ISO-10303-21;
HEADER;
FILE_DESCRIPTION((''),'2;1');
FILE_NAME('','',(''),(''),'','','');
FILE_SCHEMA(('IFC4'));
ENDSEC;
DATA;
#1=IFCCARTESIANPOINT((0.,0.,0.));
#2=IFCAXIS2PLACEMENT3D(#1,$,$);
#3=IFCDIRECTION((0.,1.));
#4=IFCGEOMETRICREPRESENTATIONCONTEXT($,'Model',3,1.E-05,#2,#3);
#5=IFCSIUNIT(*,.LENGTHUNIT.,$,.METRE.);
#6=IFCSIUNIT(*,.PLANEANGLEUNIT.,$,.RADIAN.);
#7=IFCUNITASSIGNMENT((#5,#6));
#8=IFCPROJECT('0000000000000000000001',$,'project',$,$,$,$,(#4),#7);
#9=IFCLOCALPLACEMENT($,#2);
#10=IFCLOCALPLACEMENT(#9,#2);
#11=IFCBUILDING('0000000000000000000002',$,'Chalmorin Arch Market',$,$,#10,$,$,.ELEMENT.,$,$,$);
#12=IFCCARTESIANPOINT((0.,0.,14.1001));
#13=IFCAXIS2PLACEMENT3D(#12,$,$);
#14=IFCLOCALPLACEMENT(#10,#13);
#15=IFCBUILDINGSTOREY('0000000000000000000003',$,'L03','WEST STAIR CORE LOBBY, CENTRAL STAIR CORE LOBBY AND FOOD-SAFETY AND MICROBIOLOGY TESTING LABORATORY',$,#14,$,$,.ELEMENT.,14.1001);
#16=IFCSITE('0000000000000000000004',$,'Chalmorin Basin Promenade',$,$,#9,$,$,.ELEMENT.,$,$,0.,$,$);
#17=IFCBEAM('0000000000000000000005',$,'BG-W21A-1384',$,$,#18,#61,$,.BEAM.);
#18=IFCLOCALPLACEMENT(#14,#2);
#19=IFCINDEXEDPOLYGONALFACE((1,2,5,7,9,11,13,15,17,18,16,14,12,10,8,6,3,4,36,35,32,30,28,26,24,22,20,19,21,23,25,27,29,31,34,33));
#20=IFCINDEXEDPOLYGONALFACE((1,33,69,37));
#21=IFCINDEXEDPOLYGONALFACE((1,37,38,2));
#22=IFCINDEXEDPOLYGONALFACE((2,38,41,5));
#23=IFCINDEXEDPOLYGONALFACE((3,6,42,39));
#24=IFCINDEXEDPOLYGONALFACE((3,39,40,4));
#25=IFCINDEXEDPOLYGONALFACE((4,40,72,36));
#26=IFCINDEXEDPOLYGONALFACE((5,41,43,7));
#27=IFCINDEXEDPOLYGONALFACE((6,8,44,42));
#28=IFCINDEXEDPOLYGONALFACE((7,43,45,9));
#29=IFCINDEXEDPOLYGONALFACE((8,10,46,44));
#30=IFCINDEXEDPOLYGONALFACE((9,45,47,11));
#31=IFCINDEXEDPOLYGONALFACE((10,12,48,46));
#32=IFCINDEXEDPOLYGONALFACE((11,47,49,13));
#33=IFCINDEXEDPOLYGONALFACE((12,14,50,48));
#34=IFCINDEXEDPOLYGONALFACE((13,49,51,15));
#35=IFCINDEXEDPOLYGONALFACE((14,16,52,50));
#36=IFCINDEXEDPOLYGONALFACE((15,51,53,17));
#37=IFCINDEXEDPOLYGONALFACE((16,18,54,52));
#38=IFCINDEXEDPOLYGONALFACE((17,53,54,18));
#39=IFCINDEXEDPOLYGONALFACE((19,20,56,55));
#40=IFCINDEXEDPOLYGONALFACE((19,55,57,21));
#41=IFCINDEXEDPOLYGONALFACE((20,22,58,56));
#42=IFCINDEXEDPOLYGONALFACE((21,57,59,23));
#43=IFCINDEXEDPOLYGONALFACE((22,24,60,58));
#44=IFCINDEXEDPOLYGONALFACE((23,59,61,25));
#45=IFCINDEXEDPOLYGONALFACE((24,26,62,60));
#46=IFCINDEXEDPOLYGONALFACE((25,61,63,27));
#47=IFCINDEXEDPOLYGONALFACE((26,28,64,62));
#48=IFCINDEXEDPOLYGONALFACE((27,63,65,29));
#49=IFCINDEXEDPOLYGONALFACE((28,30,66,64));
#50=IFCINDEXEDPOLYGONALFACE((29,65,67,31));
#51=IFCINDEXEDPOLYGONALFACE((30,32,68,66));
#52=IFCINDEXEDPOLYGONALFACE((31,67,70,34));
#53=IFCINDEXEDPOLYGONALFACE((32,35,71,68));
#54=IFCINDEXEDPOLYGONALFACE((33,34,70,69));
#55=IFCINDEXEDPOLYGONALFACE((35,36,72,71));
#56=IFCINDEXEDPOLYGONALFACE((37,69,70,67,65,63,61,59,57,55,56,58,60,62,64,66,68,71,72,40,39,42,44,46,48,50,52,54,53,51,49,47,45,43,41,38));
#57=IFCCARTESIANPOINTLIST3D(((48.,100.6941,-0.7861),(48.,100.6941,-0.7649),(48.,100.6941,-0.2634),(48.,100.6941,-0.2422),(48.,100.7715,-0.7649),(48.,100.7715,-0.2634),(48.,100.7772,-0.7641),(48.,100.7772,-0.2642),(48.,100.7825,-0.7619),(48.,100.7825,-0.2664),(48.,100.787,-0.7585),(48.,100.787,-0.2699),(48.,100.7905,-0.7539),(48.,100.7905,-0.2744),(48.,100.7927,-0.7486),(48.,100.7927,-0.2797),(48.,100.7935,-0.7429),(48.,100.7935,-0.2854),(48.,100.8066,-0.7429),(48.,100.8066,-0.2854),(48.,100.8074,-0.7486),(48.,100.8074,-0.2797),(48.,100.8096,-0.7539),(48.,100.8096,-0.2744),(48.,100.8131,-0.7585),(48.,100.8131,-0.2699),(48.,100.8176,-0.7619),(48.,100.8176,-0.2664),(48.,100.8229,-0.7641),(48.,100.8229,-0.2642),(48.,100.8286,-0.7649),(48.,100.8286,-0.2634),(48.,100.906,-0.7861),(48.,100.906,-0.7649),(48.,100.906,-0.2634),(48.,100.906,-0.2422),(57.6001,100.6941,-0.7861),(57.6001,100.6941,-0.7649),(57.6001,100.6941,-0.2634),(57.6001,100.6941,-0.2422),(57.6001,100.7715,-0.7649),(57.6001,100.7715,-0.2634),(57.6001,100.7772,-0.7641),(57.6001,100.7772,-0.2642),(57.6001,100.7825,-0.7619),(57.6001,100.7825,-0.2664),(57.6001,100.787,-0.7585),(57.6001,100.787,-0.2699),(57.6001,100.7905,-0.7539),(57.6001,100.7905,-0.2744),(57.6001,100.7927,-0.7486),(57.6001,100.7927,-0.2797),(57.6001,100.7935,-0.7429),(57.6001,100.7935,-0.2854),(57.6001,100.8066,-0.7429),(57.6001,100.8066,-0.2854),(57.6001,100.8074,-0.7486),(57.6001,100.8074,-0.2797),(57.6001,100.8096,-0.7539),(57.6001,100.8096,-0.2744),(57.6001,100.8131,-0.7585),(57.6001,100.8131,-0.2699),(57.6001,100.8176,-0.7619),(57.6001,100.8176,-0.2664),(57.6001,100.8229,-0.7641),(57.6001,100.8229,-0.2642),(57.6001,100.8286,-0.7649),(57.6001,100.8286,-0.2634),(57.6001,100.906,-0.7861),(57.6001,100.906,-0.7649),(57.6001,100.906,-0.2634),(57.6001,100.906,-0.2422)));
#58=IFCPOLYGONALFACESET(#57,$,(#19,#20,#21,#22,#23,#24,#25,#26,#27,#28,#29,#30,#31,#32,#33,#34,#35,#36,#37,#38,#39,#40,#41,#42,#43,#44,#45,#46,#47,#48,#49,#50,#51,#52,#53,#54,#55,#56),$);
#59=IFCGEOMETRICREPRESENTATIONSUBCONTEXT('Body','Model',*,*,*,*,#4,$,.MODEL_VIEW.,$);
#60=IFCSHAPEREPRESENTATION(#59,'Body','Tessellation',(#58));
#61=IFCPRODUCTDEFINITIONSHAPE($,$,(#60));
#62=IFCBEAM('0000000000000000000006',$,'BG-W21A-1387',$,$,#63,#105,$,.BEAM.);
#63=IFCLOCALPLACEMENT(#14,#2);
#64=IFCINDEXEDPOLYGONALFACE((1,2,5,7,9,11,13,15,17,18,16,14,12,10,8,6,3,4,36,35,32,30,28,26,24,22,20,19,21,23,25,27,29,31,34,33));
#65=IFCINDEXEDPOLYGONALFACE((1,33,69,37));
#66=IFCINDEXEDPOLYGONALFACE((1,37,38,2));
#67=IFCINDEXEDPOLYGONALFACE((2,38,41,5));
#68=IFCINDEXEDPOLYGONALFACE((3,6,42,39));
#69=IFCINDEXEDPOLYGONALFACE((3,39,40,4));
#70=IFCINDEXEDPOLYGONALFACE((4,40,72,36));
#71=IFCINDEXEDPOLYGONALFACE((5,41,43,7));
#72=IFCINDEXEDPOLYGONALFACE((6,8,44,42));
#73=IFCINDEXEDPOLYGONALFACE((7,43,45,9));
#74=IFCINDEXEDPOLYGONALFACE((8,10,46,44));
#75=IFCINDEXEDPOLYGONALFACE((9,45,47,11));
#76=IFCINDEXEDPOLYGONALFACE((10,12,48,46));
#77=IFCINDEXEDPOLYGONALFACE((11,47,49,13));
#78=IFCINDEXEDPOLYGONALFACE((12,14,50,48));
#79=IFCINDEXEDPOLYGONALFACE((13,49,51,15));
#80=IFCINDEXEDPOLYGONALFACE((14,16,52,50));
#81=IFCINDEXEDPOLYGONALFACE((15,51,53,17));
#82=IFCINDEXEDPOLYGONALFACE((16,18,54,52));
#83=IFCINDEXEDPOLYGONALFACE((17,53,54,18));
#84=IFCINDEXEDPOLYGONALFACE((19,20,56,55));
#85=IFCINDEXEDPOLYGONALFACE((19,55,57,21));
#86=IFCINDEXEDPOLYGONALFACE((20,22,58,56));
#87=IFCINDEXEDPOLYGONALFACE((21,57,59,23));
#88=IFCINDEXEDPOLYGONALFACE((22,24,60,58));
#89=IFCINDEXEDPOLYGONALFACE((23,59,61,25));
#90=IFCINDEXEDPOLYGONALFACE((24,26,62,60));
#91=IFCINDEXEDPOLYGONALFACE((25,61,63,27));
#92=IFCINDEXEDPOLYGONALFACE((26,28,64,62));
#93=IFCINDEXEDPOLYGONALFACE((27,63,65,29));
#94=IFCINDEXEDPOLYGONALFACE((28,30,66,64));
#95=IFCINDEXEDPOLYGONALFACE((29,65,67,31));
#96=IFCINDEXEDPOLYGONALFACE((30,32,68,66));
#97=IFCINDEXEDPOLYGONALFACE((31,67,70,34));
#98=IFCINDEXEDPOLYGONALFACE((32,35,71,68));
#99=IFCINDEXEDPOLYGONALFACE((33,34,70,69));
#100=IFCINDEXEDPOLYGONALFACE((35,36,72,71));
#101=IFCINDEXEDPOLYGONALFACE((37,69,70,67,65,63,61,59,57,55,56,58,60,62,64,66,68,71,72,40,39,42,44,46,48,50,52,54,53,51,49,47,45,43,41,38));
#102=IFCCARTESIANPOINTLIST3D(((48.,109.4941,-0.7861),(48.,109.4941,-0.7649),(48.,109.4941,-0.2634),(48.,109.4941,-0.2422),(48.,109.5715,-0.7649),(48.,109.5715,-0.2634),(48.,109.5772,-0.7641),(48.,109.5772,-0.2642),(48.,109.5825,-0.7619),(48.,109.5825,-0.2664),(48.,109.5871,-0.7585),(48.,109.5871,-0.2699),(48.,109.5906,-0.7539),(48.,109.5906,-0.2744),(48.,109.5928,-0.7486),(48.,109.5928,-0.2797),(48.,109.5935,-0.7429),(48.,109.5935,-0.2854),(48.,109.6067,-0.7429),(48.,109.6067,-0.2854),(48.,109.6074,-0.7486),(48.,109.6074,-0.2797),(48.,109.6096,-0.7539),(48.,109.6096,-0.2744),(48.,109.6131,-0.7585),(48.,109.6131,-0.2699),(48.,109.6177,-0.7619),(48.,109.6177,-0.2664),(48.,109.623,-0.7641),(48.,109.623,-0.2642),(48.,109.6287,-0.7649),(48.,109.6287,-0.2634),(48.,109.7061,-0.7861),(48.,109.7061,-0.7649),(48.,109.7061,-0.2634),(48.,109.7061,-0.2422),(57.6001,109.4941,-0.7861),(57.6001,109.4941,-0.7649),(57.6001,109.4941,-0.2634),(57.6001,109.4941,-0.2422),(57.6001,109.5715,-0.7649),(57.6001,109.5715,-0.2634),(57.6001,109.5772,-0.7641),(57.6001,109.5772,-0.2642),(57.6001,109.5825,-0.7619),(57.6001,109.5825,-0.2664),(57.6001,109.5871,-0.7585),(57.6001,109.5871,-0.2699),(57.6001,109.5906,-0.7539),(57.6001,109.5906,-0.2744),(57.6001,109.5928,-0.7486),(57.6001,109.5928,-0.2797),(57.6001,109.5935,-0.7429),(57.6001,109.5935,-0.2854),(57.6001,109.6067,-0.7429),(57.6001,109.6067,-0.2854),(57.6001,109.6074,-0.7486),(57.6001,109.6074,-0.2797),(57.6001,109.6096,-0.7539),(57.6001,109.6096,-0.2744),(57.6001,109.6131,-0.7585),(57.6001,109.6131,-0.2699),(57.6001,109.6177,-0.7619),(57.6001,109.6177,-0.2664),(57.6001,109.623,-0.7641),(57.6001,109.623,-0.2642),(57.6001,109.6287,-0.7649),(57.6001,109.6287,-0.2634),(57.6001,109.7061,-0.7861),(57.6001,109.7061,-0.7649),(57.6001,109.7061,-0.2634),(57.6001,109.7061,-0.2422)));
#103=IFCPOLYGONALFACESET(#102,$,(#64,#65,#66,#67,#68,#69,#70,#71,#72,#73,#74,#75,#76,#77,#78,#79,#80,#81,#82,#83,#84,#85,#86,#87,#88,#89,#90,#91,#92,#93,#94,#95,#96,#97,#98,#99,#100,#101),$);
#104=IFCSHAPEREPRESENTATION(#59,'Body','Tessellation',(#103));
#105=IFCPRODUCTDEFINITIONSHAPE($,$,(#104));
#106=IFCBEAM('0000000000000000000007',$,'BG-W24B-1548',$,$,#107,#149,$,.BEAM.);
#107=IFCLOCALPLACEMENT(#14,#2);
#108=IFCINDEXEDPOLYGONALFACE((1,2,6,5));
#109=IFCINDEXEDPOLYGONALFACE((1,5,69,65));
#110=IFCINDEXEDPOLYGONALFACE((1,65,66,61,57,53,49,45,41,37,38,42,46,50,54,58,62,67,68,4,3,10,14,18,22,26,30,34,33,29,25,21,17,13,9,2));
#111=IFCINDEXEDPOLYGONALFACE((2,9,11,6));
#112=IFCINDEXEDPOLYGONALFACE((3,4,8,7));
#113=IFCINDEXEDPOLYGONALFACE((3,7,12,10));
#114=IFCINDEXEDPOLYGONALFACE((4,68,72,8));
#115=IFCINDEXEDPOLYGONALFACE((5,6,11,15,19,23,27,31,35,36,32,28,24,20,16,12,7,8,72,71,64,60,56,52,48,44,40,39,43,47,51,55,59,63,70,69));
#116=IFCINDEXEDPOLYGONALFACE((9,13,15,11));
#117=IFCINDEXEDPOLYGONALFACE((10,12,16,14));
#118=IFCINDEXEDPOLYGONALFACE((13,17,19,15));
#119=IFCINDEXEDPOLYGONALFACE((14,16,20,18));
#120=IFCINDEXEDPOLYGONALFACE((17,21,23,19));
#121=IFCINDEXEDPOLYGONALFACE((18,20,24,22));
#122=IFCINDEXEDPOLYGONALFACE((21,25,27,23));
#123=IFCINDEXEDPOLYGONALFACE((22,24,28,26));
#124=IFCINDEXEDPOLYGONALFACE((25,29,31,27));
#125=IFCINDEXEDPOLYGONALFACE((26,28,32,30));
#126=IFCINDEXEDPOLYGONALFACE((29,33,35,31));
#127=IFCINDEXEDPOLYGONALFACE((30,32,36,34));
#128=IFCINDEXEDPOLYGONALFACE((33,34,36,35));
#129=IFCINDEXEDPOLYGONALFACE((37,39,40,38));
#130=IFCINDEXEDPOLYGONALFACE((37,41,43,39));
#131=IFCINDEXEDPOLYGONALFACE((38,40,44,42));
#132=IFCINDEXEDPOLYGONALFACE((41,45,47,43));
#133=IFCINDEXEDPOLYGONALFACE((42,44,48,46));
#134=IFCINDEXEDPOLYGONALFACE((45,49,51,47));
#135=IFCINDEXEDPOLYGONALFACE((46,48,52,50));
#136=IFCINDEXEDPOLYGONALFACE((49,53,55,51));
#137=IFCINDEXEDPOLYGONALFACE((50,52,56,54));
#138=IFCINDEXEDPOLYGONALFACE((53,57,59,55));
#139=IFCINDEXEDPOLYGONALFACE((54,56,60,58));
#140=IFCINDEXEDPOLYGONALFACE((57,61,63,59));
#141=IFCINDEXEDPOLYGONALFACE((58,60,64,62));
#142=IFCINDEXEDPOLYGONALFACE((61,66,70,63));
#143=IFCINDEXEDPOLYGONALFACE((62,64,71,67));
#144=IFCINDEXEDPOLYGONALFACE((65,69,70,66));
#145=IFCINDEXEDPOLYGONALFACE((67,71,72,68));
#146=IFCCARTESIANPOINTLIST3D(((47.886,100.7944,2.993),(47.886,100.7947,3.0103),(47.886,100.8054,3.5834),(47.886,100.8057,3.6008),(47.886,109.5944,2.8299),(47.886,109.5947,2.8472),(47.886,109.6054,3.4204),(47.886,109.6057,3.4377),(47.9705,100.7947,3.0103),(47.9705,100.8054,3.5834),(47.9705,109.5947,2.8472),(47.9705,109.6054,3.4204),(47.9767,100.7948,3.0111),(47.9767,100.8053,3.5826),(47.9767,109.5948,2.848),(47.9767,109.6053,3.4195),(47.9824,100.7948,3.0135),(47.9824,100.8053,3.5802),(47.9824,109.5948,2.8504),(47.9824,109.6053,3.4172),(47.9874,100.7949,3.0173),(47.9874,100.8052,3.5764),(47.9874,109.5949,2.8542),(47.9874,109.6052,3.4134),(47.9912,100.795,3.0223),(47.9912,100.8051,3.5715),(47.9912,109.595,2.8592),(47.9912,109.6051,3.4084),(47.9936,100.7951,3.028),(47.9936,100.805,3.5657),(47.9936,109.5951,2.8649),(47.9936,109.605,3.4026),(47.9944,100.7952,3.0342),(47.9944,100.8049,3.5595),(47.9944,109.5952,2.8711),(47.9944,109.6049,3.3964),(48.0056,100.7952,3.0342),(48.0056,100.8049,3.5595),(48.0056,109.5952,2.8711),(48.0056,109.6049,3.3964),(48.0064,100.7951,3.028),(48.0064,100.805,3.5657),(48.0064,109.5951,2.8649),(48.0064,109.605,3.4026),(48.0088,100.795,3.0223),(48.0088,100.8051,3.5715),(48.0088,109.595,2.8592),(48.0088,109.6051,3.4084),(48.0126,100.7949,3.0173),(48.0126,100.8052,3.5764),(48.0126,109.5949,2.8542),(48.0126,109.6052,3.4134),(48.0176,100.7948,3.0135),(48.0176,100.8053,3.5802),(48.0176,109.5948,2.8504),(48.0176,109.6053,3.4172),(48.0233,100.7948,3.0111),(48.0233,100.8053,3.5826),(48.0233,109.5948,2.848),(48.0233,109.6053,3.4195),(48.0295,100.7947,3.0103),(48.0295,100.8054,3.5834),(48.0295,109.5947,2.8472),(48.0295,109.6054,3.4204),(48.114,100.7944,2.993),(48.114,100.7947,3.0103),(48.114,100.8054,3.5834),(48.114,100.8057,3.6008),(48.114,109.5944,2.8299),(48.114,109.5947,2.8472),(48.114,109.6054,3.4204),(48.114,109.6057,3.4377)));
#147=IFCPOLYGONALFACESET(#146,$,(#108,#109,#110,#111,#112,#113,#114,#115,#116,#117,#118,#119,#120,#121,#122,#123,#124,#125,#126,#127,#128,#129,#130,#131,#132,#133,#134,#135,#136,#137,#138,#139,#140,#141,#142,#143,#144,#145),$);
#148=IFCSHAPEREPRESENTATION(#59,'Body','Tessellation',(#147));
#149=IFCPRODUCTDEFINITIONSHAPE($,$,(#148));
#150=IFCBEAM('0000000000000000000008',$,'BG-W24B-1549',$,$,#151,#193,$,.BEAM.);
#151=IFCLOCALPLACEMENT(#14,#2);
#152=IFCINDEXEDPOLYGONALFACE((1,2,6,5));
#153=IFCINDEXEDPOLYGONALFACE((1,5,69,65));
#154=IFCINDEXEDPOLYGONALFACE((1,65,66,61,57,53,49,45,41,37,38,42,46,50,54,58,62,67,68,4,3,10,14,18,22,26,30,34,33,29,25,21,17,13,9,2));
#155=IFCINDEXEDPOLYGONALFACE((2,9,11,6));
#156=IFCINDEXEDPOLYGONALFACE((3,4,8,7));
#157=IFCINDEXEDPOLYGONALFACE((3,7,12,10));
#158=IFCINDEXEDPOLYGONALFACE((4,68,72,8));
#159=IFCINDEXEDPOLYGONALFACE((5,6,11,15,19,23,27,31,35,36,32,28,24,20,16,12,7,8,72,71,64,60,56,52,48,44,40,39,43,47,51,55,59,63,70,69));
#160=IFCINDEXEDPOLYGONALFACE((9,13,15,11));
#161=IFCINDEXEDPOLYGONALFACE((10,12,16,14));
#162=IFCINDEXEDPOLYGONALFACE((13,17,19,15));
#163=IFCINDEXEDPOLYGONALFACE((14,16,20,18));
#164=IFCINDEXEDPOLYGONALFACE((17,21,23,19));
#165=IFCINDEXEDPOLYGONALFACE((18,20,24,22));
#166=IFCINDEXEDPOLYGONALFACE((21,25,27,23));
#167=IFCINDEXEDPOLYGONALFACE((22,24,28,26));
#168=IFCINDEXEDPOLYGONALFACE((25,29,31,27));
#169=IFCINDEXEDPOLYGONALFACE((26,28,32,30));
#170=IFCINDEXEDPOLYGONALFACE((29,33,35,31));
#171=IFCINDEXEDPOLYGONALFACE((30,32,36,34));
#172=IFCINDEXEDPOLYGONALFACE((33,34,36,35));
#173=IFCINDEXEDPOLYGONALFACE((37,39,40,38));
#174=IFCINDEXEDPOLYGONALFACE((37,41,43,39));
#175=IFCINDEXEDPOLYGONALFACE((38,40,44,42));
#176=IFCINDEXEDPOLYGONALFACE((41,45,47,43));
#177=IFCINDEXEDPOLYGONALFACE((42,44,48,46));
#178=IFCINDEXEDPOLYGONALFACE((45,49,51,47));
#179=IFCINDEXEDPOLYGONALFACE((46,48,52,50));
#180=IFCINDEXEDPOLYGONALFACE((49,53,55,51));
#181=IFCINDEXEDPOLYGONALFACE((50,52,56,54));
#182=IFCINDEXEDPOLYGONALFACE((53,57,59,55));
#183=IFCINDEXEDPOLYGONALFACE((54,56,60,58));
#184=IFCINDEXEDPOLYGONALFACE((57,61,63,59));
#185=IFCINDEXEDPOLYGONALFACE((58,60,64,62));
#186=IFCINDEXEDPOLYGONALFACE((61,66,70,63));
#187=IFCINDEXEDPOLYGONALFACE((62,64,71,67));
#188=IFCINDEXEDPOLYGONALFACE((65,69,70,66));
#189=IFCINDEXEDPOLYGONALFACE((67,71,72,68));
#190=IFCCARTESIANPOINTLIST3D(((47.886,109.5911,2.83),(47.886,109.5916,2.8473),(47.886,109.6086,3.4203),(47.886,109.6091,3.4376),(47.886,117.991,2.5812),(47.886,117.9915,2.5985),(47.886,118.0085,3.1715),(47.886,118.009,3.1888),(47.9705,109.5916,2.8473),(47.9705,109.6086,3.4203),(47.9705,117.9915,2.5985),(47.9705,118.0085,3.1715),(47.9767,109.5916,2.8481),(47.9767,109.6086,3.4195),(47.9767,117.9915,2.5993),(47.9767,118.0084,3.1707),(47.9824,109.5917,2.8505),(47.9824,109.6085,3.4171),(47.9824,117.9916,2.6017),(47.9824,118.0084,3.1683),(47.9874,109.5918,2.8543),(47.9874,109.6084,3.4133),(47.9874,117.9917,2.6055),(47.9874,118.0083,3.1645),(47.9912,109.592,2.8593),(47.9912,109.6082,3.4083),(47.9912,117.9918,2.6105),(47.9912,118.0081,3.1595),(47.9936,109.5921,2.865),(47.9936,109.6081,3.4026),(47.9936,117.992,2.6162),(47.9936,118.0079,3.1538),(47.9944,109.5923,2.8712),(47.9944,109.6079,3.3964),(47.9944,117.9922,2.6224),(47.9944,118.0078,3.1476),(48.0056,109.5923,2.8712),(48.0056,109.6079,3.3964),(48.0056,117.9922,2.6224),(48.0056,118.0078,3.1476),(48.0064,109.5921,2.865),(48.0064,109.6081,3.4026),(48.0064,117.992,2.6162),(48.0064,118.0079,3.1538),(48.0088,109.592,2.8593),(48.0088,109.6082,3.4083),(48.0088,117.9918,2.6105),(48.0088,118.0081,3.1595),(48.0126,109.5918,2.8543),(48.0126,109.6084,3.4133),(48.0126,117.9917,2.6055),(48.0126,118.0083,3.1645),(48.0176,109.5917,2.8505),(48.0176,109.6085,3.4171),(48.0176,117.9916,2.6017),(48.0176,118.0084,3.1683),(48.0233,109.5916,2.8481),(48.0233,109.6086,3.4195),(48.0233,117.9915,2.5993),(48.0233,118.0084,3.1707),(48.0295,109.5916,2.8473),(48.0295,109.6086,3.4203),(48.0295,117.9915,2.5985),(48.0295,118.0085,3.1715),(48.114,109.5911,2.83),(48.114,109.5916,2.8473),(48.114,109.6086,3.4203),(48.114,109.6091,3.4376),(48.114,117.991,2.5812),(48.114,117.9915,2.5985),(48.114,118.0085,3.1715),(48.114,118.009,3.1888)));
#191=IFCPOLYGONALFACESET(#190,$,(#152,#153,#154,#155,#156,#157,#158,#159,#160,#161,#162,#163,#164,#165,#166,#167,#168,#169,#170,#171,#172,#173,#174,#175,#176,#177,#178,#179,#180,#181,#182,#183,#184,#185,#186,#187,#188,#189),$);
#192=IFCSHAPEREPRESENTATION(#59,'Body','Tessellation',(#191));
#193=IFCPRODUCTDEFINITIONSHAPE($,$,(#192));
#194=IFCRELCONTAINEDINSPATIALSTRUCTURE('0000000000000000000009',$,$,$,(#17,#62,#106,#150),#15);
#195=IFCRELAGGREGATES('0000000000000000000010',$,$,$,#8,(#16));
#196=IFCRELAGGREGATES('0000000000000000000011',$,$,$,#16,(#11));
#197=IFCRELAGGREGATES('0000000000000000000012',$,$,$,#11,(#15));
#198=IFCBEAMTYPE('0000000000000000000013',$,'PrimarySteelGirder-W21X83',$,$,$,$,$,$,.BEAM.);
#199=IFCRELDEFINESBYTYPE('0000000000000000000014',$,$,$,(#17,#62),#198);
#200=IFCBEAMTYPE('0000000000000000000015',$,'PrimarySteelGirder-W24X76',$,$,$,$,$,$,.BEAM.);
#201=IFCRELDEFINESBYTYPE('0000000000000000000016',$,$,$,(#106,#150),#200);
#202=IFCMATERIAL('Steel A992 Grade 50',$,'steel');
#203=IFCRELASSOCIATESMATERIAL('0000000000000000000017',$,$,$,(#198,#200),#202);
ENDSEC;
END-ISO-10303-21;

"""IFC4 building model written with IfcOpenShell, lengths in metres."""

from ifc_helpers import new_model, si_unit, direction, frame, origin, origin_2d, place, context, subcontext, project, spatial, i_section, extrude, material, material_profile, profile_set, type_object, element, save


model = new_model("IFC4")

# Units and contexts
model_context = context("Model", 3, precision=1e-05, world=origin(), true_north=direction((0.0, 1.0)))
body_context = subcontext(model_context, "Body", "Model", "MODEL_VIEW")
ifc_project = project(units=[si_unit("LENGTHUNIT", "METRE"), si_unit("PLANEANGLEUNIT", "RADIAN")], contexts=[model_context])

# Site, building, storey
site_placement = place(None, origin())
site = spatial("IfcSite", under=ifc_project, at=site_placement, Name="Chalmorin Basin Promenade", CompositionType="ELEMENT", RefElevation=0.0)
building_placement = place(site_placement, origin())
building = spatial("IfcBuilding", under=site, at=building_placement, Name="Chalmorin Arch Market", CompositionType="ELEMENT")
storey_placement = place(building_placement, frame((0.0, 0.0, 14.1001)))
storey = spatial("IfcBuildingStorey", under=building, at=storey_placement, Name="L03", Description="WEST STAIR CORE LOBBY, CENTRAL STAIR CORE LOBBY AND FOOD-SAFETY AND MICROBIOLOGY TESTING LABORATORY", CompositionType="ELEMENT", Elevation=14.1001)

# Beams
ifc_material_1 = material(Name="Steel A992 Grade 50", Category="steel")
ifc_material_profile_1 = material_profile(ifc_material_1, i_section(OverallWidth=0.2119, OverallDepth=0.5439, WebThickness=0.0132, FlangeThickness=0.0212, FilletRadius=0.022, at=origin_2d()), Name="W21X83")
ifc_profile_set_1 = profile_set([ifc_material_profile_1], Name="Steel A992 Grade 50")
beam_type_1 = type_object("IfcBeamType", Name="PrimarySteelGirder-W21X83", PredefinedType="BEAM", material=ifc_profile_set_1)
for number, where, z_axis, x_axis, name in (
    (1, (48.0, 100.8, -0.5142), (1.0, 0.0, 0.0), (0.0, 1.0, 0.0), "BG-W21A-1384"),
    (2, (48.0, 109.6001, -0.5142), (1.0, 0.0, 0.0), (0.0, 1.0, 0.0), "BG-W21A-1387"),
):
    element("IfcBeam", number, at=place(storey_placement, frame(where, z_axis=z_axis, x_axis=x_axis)), inside=storey, type_object=beam_type_1, Name=name, PredefinedType="BEAM", context=body_context, shape_type="SweptSolid", body=[
        extrude(i_section(OverallWidth=0.2119, OverallDepth=0.5439, WebThickness=0.0132, FlangeThickness=0.0212, FilletRadius=0.022, at=origin_2d()), origin(), (0.0, 0.0, 1.0), 9.6001),
    ])
ifc_material_profile_2 = material_profile(ifc_material_1, i_section(OverallWidth=0.228, OverallDepth=0.6079, WebThickness=0.0112, FlangeThickness=0.0173, FilletRadius=0.0239, at=origin_2d()), Name="W24X76")
ifc_profile_set_2 = profile_set([ifc_material_profile_2], Name="Steel A992 Grade 50")
beam_type_2 = type_object("IfcBeamType", Name="PrimarySteelGirder-W24X76", PredefinedType="BEAM", material=ifc_profile_set_2)
beam_1_placement = place(storey_placement, frame((48.0, 100.8, 3.2969), z_axis=(0.0, 0.999828, -0.018529), x_axis=(-1.0, 0.0, 0.0)))
element("IfcBeam", 3, at=beam_1_placement, inside=storey, type_object=beam_type_2, Name="BG-W24B-1548", PredefinedType="BEAM", context=body_context, shape_type="SweptSolid", body=[
    extrude(i_section(OverallWidth=0.228, OverallDepth=0.6079, WebThickness=0.0112, FlangeThickness=0.0173, FilletRadius=0.0239, at=origin_2d()), origin(), (0.0, 0.0, 1.0), 8.8015),
])
beam_2_placement = place(storey_placement, frame((48.0, 109.6001, 3.1338), z_axis=(0.0, 0.999562, -0.029604), x_axis=(-1.0, 0.0, 0.0)))
element("IfcBeam", 4, at=beam_2_placement, inside=storey, type_object=beam_type_2, Name="BG-W24B-1549", PredefinedType="BEAM", context=body_context, shape_type="SweptSolid", body=[
    extrude(i_section(OverallWidth=0.228, OverallDepth=0.6079, WebThickness=0.0112, FlangeThickness=0.0173, FilletRadius=0.0239, at=origin_2d()), origin(), (0.0, 0.0, 1.0), 8.4036),
])

save(model, "model.ifc")
